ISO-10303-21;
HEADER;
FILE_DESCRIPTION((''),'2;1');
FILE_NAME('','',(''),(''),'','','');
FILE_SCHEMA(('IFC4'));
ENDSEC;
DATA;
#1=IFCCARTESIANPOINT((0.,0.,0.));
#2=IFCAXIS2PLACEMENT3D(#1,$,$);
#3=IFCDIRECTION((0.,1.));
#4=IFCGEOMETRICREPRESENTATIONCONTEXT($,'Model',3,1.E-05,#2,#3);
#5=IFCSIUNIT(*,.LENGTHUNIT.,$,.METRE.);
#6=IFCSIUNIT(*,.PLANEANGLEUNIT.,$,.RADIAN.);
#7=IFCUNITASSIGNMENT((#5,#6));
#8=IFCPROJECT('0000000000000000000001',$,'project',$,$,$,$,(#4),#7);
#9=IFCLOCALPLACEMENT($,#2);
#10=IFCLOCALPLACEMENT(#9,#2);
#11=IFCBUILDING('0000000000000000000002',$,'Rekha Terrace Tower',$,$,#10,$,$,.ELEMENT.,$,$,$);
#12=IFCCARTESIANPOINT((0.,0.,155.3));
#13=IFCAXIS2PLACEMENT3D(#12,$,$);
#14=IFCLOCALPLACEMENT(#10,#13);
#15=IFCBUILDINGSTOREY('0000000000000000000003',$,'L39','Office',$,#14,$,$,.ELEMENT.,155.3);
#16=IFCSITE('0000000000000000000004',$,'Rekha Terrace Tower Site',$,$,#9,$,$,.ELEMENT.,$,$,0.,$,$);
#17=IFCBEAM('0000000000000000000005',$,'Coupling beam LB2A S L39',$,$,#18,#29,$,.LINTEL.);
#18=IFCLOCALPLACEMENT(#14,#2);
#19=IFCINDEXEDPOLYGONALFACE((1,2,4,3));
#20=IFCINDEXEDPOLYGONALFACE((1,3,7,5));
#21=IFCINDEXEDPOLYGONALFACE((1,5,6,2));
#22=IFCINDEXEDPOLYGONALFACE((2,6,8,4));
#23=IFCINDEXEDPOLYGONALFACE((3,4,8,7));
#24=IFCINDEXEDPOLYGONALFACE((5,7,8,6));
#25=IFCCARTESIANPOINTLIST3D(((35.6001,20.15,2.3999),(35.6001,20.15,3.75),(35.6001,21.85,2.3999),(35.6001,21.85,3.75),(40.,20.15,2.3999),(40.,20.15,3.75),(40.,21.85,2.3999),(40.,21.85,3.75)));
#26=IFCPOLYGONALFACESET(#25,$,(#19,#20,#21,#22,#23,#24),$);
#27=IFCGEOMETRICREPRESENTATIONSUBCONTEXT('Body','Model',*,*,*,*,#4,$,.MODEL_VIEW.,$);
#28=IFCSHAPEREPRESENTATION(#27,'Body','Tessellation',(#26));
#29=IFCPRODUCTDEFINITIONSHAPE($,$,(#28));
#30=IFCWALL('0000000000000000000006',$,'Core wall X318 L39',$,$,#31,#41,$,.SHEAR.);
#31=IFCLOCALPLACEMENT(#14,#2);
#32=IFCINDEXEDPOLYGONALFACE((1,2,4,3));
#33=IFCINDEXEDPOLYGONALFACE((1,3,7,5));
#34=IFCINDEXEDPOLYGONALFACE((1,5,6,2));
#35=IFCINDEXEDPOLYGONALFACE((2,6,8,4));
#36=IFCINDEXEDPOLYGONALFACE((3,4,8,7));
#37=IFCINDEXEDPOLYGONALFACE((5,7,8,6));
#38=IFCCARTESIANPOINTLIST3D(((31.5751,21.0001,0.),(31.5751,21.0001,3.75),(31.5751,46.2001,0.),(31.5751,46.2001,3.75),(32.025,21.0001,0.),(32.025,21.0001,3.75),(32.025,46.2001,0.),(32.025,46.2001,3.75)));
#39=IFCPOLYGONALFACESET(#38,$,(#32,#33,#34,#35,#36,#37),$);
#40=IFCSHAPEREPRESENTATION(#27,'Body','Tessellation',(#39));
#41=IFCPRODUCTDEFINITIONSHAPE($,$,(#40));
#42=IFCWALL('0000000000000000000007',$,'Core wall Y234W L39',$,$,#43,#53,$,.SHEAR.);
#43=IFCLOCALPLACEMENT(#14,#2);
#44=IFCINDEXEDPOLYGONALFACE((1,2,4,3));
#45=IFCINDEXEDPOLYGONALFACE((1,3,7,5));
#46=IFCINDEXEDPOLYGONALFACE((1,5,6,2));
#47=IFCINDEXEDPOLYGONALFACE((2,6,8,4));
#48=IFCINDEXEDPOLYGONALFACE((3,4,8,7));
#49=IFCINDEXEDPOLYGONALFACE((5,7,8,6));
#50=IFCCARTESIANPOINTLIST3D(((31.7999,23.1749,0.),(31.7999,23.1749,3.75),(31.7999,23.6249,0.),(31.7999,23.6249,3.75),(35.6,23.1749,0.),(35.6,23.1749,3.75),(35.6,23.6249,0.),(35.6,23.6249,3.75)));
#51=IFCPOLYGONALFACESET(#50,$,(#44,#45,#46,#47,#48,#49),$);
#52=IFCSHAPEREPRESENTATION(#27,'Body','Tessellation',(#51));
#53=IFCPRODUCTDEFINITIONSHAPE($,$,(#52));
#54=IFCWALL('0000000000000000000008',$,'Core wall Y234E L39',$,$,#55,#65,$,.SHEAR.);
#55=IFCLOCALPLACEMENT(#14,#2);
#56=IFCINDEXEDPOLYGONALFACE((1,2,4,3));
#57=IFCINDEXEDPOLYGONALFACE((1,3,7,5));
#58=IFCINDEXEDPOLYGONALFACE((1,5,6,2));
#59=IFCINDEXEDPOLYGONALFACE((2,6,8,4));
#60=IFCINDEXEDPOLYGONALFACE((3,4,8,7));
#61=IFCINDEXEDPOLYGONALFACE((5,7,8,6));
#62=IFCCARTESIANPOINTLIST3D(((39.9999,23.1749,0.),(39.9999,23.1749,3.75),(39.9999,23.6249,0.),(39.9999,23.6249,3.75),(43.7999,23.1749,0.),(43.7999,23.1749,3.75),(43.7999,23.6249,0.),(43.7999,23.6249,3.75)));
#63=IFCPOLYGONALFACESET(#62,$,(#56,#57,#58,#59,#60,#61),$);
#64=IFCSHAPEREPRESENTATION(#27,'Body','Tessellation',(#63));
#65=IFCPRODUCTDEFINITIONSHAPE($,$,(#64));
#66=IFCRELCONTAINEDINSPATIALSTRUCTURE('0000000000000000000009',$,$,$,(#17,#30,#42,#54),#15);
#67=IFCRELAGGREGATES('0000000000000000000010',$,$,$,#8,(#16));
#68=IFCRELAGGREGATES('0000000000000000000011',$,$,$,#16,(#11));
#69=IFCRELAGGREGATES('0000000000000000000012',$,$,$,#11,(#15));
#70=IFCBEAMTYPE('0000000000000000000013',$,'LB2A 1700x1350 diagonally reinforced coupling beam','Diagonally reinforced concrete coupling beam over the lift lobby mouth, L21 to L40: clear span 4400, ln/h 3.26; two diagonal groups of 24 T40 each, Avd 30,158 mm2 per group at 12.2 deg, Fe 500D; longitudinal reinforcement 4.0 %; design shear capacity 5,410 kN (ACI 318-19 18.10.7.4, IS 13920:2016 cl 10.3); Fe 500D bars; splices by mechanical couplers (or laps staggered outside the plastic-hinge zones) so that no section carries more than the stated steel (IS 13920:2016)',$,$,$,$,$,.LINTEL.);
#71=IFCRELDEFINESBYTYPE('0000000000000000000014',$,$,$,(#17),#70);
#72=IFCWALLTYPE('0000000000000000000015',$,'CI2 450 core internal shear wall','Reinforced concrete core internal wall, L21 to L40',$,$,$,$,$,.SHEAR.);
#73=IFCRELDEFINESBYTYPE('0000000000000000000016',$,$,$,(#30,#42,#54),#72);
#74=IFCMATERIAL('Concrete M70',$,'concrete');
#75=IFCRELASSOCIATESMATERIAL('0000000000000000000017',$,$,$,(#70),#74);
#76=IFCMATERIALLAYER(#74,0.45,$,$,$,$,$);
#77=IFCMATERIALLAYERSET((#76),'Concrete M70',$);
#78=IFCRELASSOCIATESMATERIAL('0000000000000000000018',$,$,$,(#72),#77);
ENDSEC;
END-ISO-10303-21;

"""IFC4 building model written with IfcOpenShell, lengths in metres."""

from ifc_helpers import new_model, si_unit, direction, frame, frame_2d, origin, origin_2d, place, context, subcontext, project, spatial, rectangle, extrude, material, layer, layer_set, material_profile, profile_set, type_object, element, save


model = new_model("IFC4")

# Units and contexts
model_context = context("Model", 3, precision=1e-05, world=origin(), true_north=direction((0.0, 1.0)))
body_context = subcontext(model_context, "Body", "Model", "MODEL_VIEW")
ifc_project = project(units=[si_unit("LENGTHUNIT", "METRE"), si_unit("PLANEANGLEUNIT", "RADIAN")], contexts=[model_context])

# Site, building, storey
site_placement = place(None, origin())
site = spatial("IfcSite", under=ifc_project, at=site_placement, Name="Rekha Terrace Tower Site", CompositionType="ELEMENT", RefElevation=0.0)
building_placement = place(site_placement, origin())
building = spatial("IfcBuilding", under=site, at=building_placement, Name="Rekha Terrace Tower", CompositionType="ELEMENT")
storey_placement = place(building_placement, frame((0.0, 0.0, 155.3)))
storey = spatial("IfcBuildingStorey", under=building, at=storey_placement, Name="L39", Description="Office", CompositionType="ELEMENT", Elevation=155.3)

# Beam
ifc_material_1 = material(Name="Concrete M70", Category="concrete")
ifc_material_profile = material_profile(ifc_material_1, rectangle(XDim=1.7, YDim=1.3501, at=origin_2d()), Name="RC 1700x1350")
ifc_profile_set = profile_set([ifc_material_profile], Name="Concrete M70")
beam_type = type_object("IfcBeamType", Name="LB2A 1700x1350 diagonally reinforced coupling beam", Description="Diagonally reinforced concrete coupling beam over the lift lobby mouth, L21 to L40: clear span 4400, ln/h 3.26; two diagonal groups of 24 T40 each, Avd 30,158 mm2 per group at 12.2 deg, Fe 500D; longitudinal reinforcement 4.0 %; design shear capacity 5,410 kN (ACI 318-19 18.10.7.4, IS 13920:2016 cl 10.3); Fe 500D bars; splices by mechanical couplers (or laps staggered outside the plastic-hinge zones) so that no section carries more than the stated steel (IS 13920:2016)", PredefinedType="LINTEL", material=ifc_profile_set)
beam_placement = place(storey_placement, frame((35.6001, 21.0, 3.075), z_axis=(1.0, 0.0, 0.0), x_axis=(0.0, 1.0, 0.0)))
element("IfcBeam", 1, at=beam_placement, inside=storey, type_object=beam_type, Name="Coupling beam LB2A S L39", PredefinedType="LINTEL", context=body_context, shape_type="SweptSolid", body=[
    extrude(rectangle(XDim=1.7, YDim=1.3501, at=origin_2d()), origin(), (0.0, 0.0, 1.0), 4.3999),
])

# Walls
ifc_layer_1 = layer(ifc_material_1, 0.45)
ifc_layer_set_1 = layer_set([ifc_layer_1], Name="Concrete M70")
wall_type_1 = type_object("IfcWallType", Name="CI2 450 core internal shear wall", Description="Reinforced concrete core internal wall, L21 to L40", PredefinedType="SHEAR", material=ifc_layer_set_1)
wall_1_placement = place(storey_placement, frame((31.8, 21.0, 0.0), z_axis=(0.0, 0.0, 1.0), x_axis=(0.0, 1.0, 0.0)))
element("IfcWall", 2, at=wall_1_placement, inside=storey, type_object=wall_type_1, Name="Core wall X318 L39", PredefinedType="SHEAR", context=body_context, shape_type="SweptSolid", body=[
    extrude(rectangle(XDim=25.2, YDim=0.45, at=frame_2d((12.6001, 0.0))), origin(), (0.0, 0.0, 1.0), 3.75),
])
for number, where, z_axis, x_axis, name in (
    (3, (31.8, 23.3999, 0.0), (0.0, 0.0, 1.0), (1.0, 0.0, 0.0), "Core wall Y234W L39"),
    (4, (40.0, 23.3999, 0.0), (0.0, 0.0, 1.0), (1.0, 0.0, 0.0), "Core wall Y234E L39"),
):
    element("IfcWall", number, at=place(storey_placement, frame(where, z_axis=z_axis, x_axis=x_axis)), inside=storey, type_object=wall_type_1, Name=name, PredefinedType="SHEAR", context=body_context, shape_type="SweptSolid", body=[
        extrude(rectangle(XDim=3.8, YDim=0.45, at=frame_2d((1.8999, 0.0))), origin(), (0.0, 0.0, 1.0), 3.75),
    ])

save(model, "model.ifc")
